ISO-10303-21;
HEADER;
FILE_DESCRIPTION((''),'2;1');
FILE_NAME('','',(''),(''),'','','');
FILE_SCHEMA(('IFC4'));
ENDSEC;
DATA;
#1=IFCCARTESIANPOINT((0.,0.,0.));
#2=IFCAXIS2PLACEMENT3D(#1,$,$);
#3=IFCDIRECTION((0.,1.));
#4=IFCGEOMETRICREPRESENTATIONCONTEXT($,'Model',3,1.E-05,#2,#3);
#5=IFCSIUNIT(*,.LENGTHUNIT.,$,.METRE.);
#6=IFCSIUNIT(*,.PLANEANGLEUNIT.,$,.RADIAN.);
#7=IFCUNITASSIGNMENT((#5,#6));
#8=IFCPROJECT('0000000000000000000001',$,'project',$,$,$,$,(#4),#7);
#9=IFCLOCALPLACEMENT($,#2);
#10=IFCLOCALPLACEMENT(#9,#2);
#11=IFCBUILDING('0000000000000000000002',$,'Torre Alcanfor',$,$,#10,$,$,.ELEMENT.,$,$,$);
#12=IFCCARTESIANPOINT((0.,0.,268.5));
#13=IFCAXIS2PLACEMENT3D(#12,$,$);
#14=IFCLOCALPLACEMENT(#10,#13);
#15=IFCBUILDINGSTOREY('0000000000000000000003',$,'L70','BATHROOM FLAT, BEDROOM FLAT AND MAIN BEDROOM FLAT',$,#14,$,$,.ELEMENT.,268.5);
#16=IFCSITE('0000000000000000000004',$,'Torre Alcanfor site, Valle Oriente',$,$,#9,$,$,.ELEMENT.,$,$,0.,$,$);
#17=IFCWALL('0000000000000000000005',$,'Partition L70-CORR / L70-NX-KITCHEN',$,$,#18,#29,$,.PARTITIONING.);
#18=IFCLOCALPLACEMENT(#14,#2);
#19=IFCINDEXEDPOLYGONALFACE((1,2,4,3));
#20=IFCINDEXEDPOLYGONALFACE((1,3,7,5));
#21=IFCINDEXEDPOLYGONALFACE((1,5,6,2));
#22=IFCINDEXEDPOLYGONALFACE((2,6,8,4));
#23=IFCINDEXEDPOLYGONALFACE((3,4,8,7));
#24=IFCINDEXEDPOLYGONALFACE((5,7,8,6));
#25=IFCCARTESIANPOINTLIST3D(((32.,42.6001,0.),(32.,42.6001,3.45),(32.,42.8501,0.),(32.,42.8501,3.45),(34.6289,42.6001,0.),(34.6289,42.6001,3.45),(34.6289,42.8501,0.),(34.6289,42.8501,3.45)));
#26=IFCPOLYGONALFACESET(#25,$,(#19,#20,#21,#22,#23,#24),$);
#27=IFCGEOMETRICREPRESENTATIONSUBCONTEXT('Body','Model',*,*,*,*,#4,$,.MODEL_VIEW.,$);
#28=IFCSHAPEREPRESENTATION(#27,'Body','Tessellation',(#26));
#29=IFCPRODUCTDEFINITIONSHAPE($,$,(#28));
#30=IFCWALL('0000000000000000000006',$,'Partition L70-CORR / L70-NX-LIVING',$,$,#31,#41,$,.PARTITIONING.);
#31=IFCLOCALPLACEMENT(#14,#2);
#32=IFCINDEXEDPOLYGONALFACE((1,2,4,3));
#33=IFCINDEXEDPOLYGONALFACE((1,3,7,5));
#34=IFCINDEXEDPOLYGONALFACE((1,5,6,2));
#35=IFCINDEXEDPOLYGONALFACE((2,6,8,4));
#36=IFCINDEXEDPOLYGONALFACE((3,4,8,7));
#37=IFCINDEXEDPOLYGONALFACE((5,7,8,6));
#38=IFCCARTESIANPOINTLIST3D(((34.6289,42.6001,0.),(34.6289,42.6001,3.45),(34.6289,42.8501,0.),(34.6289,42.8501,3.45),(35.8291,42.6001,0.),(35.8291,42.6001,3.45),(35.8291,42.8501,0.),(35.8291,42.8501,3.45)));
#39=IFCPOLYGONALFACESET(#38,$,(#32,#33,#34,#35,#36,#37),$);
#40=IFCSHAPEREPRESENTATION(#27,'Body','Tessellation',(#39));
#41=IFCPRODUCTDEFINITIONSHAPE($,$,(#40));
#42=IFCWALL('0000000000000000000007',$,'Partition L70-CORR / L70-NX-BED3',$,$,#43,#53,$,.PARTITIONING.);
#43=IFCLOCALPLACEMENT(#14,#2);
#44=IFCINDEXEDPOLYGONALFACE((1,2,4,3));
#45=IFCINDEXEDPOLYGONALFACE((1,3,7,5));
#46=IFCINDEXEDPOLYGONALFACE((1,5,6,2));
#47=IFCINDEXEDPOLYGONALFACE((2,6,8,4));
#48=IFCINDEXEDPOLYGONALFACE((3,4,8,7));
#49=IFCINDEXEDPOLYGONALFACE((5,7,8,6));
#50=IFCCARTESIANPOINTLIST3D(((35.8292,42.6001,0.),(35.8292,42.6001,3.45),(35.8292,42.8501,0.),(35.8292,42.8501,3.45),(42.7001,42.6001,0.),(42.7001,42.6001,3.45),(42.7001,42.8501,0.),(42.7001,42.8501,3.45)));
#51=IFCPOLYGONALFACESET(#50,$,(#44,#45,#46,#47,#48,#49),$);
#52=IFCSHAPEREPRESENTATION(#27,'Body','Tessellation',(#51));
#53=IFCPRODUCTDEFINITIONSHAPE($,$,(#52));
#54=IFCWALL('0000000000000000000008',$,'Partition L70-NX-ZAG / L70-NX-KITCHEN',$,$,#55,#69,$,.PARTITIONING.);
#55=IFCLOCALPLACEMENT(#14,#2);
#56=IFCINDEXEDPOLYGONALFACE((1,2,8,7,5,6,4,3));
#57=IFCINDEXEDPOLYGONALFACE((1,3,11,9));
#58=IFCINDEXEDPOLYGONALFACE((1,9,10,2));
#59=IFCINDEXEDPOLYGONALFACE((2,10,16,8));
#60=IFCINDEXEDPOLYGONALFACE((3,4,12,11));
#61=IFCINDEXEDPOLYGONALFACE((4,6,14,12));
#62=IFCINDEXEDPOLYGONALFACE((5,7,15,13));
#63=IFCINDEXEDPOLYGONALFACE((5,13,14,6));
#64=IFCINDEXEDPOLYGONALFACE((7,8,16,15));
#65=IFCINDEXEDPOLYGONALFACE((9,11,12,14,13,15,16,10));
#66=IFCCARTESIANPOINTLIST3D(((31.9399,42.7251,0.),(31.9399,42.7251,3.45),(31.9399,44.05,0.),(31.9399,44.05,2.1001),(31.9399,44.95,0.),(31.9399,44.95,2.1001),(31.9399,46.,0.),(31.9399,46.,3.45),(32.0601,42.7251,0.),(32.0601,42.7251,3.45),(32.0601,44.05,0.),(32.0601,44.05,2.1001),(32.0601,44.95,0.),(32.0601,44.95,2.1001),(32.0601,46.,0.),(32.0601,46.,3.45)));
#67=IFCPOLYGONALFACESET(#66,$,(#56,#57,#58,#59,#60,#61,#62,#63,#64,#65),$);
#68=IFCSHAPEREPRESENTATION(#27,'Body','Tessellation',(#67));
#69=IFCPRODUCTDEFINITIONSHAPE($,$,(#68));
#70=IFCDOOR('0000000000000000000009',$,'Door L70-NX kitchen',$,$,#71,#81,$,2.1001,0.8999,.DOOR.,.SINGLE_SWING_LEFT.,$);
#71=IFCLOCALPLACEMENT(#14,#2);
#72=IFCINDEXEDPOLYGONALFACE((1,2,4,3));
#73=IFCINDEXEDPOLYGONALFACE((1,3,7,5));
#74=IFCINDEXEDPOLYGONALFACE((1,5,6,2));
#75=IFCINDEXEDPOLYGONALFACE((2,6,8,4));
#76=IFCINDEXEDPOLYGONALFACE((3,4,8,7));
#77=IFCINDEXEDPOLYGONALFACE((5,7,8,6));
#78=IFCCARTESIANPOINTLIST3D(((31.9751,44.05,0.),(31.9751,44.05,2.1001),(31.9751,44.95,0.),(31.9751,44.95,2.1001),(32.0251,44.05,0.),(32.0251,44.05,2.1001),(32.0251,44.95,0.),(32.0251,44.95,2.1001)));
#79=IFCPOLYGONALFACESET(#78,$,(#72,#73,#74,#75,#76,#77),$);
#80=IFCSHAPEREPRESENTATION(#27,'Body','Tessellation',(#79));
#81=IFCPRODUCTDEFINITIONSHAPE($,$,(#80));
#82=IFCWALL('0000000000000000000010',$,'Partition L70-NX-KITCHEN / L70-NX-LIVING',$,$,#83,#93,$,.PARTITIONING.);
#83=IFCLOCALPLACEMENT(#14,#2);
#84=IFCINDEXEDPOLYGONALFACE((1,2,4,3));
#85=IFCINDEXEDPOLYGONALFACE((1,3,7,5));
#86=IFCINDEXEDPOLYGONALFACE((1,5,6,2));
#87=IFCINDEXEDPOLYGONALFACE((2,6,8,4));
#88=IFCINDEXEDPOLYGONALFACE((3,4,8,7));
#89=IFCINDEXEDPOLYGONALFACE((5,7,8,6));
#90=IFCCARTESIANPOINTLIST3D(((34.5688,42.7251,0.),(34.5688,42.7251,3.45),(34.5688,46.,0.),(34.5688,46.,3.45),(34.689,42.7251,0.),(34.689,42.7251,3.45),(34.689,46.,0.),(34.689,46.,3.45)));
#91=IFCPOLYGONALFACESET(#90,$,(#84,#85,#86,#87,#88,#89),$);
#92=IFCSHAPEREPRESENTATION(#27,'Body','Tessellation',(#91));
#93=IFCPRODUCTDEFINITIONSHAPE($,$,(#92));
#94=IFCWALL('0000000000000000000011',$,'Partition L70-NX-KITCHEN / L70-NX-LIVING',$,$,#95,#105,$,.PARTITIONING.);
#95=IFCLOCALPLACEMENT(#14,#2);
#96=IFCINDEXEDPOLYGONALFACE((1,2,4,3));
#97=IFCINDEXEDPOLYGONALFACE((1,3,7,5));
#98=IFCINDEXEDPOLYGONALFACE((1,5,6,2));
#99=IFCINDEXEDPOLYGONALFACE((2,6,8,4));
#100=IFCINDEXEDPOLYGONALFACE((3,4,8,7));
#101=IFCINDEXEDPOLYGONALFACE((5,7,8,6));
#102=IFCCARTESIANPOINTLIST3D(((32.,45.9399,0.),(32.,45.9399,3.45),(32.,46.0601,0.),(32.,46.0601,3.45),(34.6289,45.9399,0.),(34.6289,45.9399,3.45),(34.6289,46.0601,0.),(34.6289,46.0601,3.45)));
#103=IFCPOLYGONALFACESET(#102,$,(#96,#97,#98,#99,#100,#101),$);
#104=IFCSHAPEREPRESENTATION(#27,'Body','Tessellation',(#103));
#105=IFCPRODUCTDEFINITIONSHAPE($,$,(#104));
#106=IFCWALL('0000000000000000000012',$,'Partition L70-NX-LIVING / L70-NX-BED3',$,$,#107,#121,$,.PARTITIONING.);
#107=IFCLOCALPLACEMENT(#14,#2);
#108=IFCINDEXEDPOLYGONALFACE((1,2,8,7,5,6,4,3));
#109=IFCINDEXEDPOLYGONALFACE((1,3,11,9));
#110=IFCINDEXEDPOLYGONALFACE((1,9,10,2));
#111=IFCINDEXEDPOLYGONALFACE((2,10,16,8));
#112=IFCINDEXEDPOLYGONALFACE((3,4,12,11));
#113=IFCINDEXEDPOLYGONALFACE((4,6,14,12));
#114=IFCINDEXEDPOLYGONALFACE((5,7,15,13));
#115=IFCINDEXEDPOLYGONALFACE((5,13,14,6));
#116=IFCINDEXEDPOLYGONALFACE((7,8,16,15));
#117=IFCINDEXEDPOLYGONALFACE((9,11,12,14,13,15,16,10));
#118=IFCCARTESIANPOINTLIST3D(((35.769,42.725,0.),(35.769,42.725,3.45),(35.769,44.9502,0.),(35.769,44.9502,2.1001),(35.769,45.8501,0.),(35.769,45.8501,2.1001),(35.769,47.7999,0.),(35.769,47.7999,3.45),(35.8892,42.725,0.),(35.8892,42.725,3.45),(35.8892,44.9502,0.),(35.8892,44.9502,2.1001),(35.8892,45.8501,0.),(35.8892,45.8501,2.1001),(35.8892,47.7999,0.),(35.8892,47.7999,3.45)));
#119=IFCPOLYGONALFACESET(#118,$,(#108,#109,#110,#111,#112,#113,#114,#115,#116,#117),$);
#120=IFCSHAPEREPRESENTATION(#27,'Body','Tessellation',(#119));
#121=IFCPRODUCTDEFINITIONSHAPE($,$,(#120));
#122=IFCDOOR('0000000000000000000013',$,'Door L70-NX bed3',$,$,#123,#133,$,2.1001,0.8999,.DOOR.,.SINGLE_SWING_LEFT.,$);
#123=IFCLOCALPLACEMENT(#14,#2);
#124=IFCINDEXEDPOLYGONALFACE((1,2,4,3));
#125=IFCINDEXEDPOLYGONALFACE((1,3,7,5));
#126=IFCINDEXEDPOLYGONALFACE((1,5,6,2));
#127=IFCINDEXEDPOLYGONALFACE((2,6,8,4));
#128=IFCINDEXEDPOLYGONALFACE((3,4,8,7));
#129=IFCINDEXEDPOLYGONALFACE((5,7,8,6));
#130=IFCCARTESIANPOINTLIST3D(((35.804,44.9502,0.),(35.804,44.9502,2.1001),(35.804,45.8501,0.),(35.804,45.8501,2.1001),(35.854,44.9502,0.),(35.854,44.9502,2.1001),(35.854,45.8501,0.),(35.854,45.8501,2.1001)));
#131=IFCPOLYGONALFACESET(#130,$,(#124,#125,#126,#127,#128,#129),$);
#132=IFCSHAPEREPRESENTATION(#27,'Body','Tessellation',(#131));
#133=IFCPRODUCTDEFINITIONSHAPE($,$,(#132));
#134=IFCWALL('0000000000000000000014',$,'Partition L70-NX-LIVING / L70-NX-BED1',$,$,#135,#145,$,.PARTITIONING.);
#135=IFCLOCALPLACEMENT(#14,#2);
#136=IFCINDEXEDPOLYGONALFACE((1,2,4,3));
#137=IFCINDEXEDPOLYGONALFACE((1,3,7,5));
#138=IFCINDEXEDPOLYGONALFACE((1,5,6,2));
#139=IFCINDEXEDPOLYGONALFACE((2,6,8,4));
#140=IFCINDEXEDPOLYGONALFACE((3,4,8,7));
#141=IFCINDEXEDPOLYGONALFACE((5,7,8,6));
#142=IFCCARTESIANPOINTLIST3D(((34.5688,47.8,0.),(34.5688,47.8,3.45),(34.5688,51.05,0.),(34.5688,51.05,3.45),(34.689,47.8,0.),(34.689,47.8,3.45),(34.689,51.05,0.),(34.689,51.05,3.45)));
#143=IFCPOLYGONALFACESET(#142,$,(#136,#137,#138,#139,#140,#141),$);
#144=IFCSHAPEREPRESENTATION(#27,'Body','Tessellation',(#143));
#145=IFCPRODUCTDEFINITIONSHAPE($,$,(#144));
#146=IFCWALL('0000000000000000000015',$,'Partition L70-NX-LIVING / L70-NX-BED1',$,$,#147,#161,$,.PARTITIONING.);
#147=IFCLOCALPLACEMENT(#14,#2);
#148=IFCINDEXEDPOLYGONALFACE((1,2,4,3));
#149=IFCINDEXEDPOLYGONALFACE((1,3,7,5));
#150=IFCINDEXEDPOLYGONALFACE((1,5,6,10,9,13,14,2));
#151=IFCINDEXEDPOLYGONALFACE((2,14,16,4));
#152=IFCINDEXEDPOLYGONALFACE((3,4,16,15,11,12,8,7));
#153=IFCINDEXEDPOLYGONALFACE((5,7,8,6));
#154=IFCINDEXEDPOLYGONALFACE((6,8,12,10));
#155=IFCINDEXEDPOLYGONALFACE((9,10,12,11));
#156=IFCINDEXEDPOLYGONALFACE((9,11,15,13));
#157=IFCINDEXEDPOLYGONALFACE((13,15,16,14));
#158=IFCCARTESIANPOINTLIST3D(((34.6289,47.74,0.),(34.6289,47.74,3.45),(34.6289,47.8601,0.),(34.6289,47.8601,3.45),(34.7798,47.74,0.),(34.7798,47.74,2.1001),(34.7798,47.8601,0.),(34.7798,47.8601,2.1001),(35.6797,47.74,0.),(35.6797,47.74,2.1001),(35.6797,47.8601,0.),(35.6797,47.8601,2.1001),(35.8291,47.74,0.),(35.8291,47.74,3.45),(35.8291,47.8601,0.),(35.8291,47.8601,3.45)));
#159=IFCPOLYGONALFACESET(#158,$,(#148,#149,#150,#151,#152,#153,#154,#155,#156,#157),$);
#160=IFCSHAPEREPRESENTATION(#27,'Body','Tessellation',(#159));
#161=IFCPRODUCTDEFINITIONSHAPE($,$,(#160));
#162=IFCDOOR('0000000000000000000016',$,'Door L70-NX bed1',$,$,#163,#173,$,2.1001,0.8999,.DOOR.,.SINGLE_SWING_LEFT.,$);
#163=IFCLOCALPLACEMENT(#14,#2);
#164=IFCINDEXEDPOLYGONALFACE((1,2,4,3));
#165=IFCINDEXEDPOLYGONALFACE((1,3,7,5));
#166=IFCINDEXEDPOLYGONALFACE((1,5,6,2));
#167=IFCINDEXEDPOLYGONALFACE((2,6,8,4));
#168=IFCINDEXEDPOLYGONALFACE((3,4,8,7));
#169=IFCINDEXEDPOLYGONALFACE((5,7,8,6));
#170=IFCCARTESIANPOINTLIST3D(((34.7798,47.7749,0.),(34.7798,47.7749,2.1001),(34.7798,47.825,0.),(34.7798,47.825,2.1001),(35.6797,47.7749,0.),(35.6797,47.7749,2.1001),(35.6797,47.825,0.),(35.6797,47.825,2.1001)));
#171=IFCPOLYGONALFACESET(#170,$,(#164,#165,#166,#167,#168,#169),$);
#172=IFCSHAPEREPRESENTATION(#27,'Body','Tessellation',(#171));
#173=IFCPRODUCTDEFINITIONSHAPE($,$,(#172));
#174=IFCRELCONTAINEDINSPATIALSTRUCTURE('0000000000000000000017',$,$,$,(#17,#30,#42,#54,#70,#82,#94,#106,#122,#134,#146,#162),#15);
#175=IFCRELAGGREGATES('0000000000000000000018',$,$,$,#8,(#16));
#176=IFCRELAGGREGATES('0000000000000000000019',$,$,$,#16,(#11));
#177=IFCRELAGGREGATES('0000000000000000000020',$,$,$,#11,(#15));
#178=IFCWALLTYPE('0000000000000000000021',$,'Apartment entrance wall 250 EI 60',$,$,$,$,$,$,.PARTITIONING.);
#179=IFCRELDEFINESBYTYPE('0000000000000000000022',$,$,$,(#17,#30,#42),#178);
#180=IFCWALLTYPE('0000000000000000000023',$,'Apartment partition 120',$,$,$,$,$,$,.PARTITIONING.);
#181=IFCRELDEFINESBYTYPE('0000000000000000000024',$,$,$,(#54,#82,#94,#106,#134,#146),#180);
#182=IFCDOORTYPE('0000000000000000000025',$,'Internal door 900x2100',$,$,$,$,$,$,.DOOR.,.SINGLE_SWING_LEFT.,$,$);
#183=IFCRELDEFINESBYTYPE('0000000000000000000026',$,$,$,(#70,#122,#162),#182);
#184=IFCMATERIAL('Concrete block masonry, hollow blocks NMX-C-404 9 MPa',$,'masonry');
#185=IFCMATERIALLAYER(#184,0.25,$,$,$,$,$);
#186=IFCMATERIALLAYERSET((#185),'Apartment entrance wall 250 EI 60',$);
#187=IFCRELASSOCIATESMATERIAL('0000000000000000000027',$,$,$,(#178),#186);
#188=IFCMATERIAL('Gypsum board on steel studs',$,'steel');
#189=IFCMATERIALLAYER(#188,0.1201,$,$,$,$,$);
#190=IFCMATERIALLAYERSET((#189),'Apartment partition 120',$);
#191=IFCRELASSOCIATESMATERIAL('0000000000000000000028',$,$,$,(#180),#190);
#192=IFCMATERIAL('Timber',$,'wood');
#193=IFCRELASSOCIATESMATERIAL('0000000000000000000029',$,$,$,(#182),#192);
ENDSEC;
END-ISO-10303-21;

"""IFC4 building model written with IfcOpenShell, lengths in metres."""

from ifc_helpers import new_model, si_unit, direction, frame, frame_2d, origin, place, context, subcontext, project, spatial, rectangle, extrude, material, layer, layer_set, type_object, element, fill, save


model = new_model("IFC4")

# Units and contexts
model_context = context("Model", 3, precision=1e-05, world=origin(), true_north=direction((0.0, 1.0)))
body_context = subcontext(model_context, "Body", "Model", "MODEL_VIEW")
ifc_project = project(units=[si_unit("LENGTHUNIT", "METRE"), si_unit("PLANEANGLEUNIT", "RADIAN")], contexts=[model_context])

# Site, building, storey
site_placement = place(None, origin())
site = spatial("IfcSite", under=ifc_project, at=site_placement, Name="Torre Alcanfor site, Valle Oriente", CompositionType="ELEMENT", RefElevation=0.0)
building_placement = place(site_placement, origin())
building = spatial("IfcBuilding", under=site, at=building_placement, Name="Torre Alcanfor", CompositionType="ELEMENT")
storey_placement = place(building_placement, frame((0.0, 0.0, 268.5)))
storey = spatial("IfcBuildingStorey", under=building, at=storey_placement, Name="L70", Description="BATHROOM FLAT, BEDROOM FLAT AND MAIN BEDROOM FLAT", CompositionType="ELEMENT", Elevation=268.5)

# Walls
ifc_material_1 = material(Name="Concrete block masonry, hollow blocks NMX-C-404 9 MPa", Category="masonry")
ifc_layer_1 = layer(ifc_material_1, 0.25)
ifc_layer_set_1 = layer_set([ifc_layer_1], Name="Apartment entrance wall 250 EI 60")
wall_type_1 = type_object("IfcWallType", Name="Apartment entrance wall 250 EI 60", PredefinedType="PARTITIONING", material=ifc_layer_set_1)
wall_1_placement = place(storey_placement, frame((32.0, 42.7251, 0.0), z_axis=(0.0, 0.0, 1.0), x_axis=(1.0, 0.0, 0.0)))
element("IfcWall", 1, at=wall_1_placement, inside=storey, type_object=wall_type_1, Name="Partition L70-CORR / L70-NX-KITCHEN", PredefinedType="PARTITIONING", context=body_context, shape_type="SweptSolid", body=[
    extrude(rectangle(XDim=2.6289, YDim=0.25, at=frame_2d((1.3145, 0.0))), origin(), (0.0, 0.0, 1.0), 3.45),
])
wall_2_placement = place(storey_placement, frame((34.6289, 42.7251, 0.0), z_axis=(0.0, 0.0, 1.0), x_axis=(1.0, 0.0, 0.0)))
element("IfcWall", 2, at=wall_2_placement, inside=storey, type_object=wall_type_1, Name="Partition L70-CORR / L70-NX-LIVING", PredefinedType="PARTITIONING", context=body_context, shape_type="SweptSolid", body=[
    extrude(rectangle(XDim=1.2002, YDim=0.25, at=frame_2d((0.6001, 0.0))), origin(), (0.0, 0.0, 1.0), 3.45),
])
wall_3_placement = place(storey_placement, frame((35.8291, 42.7251, 0.0), z_axis=(0.0, 0.0, 1.0), x_axis=(1.0, 0.0, 0.0)))
element("IfcWall", 3, at=wall_3_placement, inside=storey, type_object=wall_type_1, Name="Partition L70-CORR / L70-NX-BED3", PredefinedType="PARTITIONING", context=body_context, shape_type="SweptSolid", body=[
    extrude(rectangle(XDim=6.8708, YDim=0.25, at=frame_2d((3.4355, 0.0))), origin(), (0.0, 0.0, 1.0), 3.45),
])

# Wall, opening, door
ifc_material_2 = material(Name="Gypsum board on steel studs", Category="steel")
ifc_layer_2 = layer(ifc_material_2, 0.1201)
ifc_layer_set_2 = layer_set([ifc_layer_2], Name="Apartment partition 120")
wall_type_2 = type_object("IfcWallType", Name="Apartment partition 120", PredefinedType="PARTITIONING", material=ifc_layer_set_2)
wall_4_placement = place(storey_placement, frame((32.0, 42.7251, 0.0), z_axis=(0.0, 0.0, 1.0), x_axis=(0.0, 1.0, 0.0)))
wall_4 = element("IfcWall", 4, at=wall_4_placement, inside=storey, type_object=wall_type_2, Name="Partition L70-NX-ZAG / L70-NX-KITCHEN", PredefinedType="PARTITIONING", context=body_context, shape_type="SweptSolid", body=[
    extrude(rectangle(XDim=3.2749, YDim=0.1201, at=frame_2d((1.6375, 0.0))), origin(), (0.0, 0.0, 1.0), 3.45),
])
opening_1_placement = place(wall_4_placement, frame((1.325, 0.0, 0.0)))
opening_1 = element("IfcOpeningElement", 5, at=opening_1_placement, cuts=wall_4, PredefinedType="OPENING", context=body_context, shape_type="SweptSolid", body=[
    extrude(rectangle(XDim=0.8999, YDim=2.1001, at=frame_2d((0.45, 1.05))), frame((0.0, 0.0701, 0.0), z_axis=(0.0, -1.0, 0.0), x_axis=(1.0, 0.0, 0.0)), (0.0, 0.0, 1.0), 0.1401),
])
ifc_material_3 = material(Name="Timber", Category="wood")
door_type = type_object("IfcDoorType", Name="Internal door 900x2100", OperationType="SINGLE_SWING_LEFT", PredefinedType="DOOR", material=ifc_material_3)
door_1_placement = place(opening_1_placement, frame((0.8999, 0.0, 0.0), z_axis=(0.0, 0.0, 1.0), x_axis=(-1.0, 0.0, 0.0)))
door_1 = element("IfcDoor", 6, at=door_1_placement, inside=storey, type_object=door_type, Name="Door L70-NX kitchen", OperationType="SINGLE_SWING_LEFT", OverallHeight=2.1001, OverallWidth=0.8999, PredefinedType="DOOR", context=body_context, shape_type="SweptSolid", body=[
    extrude(rectangle(XDim=0.8999, YDim=2.1001, at=frame_2d((0.45, 1.05))), frame((0.0, 0.0251, 0.0), z_axis=(0.0, -1.0, 0.0), x_axis=(1.0, 0.0, 0.0)), (0.0, 0.0, 1.0), 0.05),
])
fill(opening_1, door_1)

# Walls
wall_5_placement = place(storey_placement, frame((34.6289, 42.7251, 0.0), z_axis=(0.0, 0.0, 1.0), x_axis=(0.0, 1.0, 0.0)))
element("IfcWall", 7, at=wall_5_placement, inside=storey, type_object=wall_type_2, Name="Partition L70-NX-KITCHEN / L70-NX-LIVING", PredefinedType="PARTITIONING", context=body_context, shape_type="SweptSolid", body=[
    extrude(rectangle(XDim=3.2749, YDim=0.1201, at=frame_2d((1.6375, 0.0))), origin(), (0.0, 0.0, 1.0), 3.45),
])
wall_6_placement = place(storey_placement, frame((34.6289, 46.0, 0.0), z_axis=(0.0, 0.0, 1.0), x_axis=(-1.0, 0.0, 0.0)))
element("IfcWall", 8, at=wall_6_placement, inside=storey, type_object=wall_type_2, Name="Partition L70-NX-KITCHEN / L70-NX-LIVING", PredefinedType="PARTITIONING", context=body_context, shape_type="SweptSolid", body=[
    extrude(rectangle(XDim=2.6289, YDim=0.1201, at=frame_2d((1.3145, 0.0))), origin(), (0.0, 0.0, 1.0), 3.45),
])

# Wall, opening, door
wall_7_placement = place(storey_placement, frame((35.8291, 47.8, 0.0), z_axis=(0.0, 0.0, 1.0), x_axis=(0.0, -1.0, 0.0)))
wall_7 = element("IfcWall", 9, at=wall_7_placement, inside=storey, type_object=wall_type_2, Name="Partition L70-NX-LIVING / L70-NX-BED3", PredefinedType="PARTITIONING", context=body_context, shape_type="SweptSolid", body=[
    extrude(rectangle(XDim=5.075, YDim=0.1201, at=frame_2d((2.5376, 0.0))), origin(), (0.0, 0.0, 1.0), 3.45),
])
opening_2_placement = place(wall_7_placement, frame((1.95, 0.0, 0.0)))
opening_2 = element("IfcOpeningElement", 10, at=opening_2_placement, cuts=wall_7, PredefinedType="OPENING", context=body_context, shape_type="SweptSolid", body=[
    extrude(rectangle(XDim=0.8999, YDim=2.1001, at=frame_2d((0.45, 1.05))), frame((0.0, 0.0701, 0.0), z_axis=(0.0, -1.0, 0.0), x_axis=(1.0, 0.0, 0.0)), (0.0, 0.0, 1.0), 0.1401),
])
door_2_placement = place(opening_2_placement, origin())
door_2 = element("IfcDoor", 11, at=door_2_placement, inside=storey, type_object=door_type, Name="Door L70-NX bed3", OperationType="SINGLE_SWING_LEFT", OverallHeight=2.1001, OverallWidth=0.8999, PredefinedType="DOOR", context=body_context, shape_type="SweptSolid", body=[
    extrude(rectangle(XDim=0.8999, YDim=2.1001, at=frame_2d((0.45, 1.05))), frame((0.0, 0.0249, 0.0), z_axis=(0.0, -1.0, 0.0), x_axis=(1.0, 0.0, 0.0)), (0.0, 0.0, 1.0), 0.05),
])
fill(opening_2, door_2)

# Wall
wall_8_placement = place(storey_placement, frame((34.6289, 51.05, 0.0), z_axis=(0.0, 0.0, 1.0), x_axis=(0.0, -1.0, 0.0)))
element("IfcWall", 12, at=wall_8_placement, inside=storey, type_object=wall_type_2, Name="Partition L70-NX-LIVING / L70-NX-BED1", PredefinedType="PARTITIONING", context=body_context, shape_type="SweptSolid", body=[
    extrude(rectangle(XDim=3.25, YDim=0.1201, at=frame_2d((1.625, 0.0))), origin(), (0.0, 0.0, 1.0), 3.45),
])

# Wall, opening, door
wall_9_placement = place(storey_placement, frame((34.6289, 47.8, 0.0), z_axis=(0.0, 0.0, 1.0), x_axis=(1.0, 0.0, 0.0)))
wall_9 = element("IfcWall", 13, at=wall_9_placement, inside=storey, type_object=wall_type_2, Name="Partition L70-NX-LIVING / L70-NX-BED1", PredefinedType="PARTITIONING", context=body_context, shape_type="SweptSolid", body=[
    extrude(rectangle(XDim=1.2002, YDim=0.1201, at=frame_2d((0.6001, 0.0))), origin(), (0.0, 0.0, 1.0), 3.45),
])
opening_3_placement = place(wall_9_placement, frame((0.1509, 0.0, 0.0)))
opening_3 = element("IfcOpeningElement", 14, at=opening_3_placement, cuts=wall_9, PredefinedType="OPENING", context=body_context, shape_type="SweptSolid", body=[
    extrude(rectangle(XDim=0.8999, YDim=2.1001, at=frame_2d((0.45, 1.05))), frame((0.0, 0.0701, 0.0), z_axis=(0.0, -1.0, 0.0), x_axis=(1.0, 0.0, 0.0)), (0.0, 0.0, 1.0), 0.1401),
])
door_3_placement = place(opening_3_placement, origin())
door_3 = element("IfcDoor", 15, at=door_3_placement, inside=storey, type_object=door_type, Name="Door L70-NX bed1", OperationType="SINGLE_SWING_LEFT", OverallHeight=2.1001, OverallWidth=0.8999, PredefinedType="DOOR", context=body_context, shape_type="SweptSolid", body=[
    extrude(rectangle(XDim=0.8999, YDim=2.1001, at=frame_2d((0.45, 1.05))), frame((0.0, 0.0249, 0.0), z_axis=(0.0, -1.0, 0.0), x_axis=(1.0, 0.0, 0.0)), (0.0, 0.0, 1.0), 0.05),
])
fill(opening_3, door_3)

save(model, "model.ifc")
